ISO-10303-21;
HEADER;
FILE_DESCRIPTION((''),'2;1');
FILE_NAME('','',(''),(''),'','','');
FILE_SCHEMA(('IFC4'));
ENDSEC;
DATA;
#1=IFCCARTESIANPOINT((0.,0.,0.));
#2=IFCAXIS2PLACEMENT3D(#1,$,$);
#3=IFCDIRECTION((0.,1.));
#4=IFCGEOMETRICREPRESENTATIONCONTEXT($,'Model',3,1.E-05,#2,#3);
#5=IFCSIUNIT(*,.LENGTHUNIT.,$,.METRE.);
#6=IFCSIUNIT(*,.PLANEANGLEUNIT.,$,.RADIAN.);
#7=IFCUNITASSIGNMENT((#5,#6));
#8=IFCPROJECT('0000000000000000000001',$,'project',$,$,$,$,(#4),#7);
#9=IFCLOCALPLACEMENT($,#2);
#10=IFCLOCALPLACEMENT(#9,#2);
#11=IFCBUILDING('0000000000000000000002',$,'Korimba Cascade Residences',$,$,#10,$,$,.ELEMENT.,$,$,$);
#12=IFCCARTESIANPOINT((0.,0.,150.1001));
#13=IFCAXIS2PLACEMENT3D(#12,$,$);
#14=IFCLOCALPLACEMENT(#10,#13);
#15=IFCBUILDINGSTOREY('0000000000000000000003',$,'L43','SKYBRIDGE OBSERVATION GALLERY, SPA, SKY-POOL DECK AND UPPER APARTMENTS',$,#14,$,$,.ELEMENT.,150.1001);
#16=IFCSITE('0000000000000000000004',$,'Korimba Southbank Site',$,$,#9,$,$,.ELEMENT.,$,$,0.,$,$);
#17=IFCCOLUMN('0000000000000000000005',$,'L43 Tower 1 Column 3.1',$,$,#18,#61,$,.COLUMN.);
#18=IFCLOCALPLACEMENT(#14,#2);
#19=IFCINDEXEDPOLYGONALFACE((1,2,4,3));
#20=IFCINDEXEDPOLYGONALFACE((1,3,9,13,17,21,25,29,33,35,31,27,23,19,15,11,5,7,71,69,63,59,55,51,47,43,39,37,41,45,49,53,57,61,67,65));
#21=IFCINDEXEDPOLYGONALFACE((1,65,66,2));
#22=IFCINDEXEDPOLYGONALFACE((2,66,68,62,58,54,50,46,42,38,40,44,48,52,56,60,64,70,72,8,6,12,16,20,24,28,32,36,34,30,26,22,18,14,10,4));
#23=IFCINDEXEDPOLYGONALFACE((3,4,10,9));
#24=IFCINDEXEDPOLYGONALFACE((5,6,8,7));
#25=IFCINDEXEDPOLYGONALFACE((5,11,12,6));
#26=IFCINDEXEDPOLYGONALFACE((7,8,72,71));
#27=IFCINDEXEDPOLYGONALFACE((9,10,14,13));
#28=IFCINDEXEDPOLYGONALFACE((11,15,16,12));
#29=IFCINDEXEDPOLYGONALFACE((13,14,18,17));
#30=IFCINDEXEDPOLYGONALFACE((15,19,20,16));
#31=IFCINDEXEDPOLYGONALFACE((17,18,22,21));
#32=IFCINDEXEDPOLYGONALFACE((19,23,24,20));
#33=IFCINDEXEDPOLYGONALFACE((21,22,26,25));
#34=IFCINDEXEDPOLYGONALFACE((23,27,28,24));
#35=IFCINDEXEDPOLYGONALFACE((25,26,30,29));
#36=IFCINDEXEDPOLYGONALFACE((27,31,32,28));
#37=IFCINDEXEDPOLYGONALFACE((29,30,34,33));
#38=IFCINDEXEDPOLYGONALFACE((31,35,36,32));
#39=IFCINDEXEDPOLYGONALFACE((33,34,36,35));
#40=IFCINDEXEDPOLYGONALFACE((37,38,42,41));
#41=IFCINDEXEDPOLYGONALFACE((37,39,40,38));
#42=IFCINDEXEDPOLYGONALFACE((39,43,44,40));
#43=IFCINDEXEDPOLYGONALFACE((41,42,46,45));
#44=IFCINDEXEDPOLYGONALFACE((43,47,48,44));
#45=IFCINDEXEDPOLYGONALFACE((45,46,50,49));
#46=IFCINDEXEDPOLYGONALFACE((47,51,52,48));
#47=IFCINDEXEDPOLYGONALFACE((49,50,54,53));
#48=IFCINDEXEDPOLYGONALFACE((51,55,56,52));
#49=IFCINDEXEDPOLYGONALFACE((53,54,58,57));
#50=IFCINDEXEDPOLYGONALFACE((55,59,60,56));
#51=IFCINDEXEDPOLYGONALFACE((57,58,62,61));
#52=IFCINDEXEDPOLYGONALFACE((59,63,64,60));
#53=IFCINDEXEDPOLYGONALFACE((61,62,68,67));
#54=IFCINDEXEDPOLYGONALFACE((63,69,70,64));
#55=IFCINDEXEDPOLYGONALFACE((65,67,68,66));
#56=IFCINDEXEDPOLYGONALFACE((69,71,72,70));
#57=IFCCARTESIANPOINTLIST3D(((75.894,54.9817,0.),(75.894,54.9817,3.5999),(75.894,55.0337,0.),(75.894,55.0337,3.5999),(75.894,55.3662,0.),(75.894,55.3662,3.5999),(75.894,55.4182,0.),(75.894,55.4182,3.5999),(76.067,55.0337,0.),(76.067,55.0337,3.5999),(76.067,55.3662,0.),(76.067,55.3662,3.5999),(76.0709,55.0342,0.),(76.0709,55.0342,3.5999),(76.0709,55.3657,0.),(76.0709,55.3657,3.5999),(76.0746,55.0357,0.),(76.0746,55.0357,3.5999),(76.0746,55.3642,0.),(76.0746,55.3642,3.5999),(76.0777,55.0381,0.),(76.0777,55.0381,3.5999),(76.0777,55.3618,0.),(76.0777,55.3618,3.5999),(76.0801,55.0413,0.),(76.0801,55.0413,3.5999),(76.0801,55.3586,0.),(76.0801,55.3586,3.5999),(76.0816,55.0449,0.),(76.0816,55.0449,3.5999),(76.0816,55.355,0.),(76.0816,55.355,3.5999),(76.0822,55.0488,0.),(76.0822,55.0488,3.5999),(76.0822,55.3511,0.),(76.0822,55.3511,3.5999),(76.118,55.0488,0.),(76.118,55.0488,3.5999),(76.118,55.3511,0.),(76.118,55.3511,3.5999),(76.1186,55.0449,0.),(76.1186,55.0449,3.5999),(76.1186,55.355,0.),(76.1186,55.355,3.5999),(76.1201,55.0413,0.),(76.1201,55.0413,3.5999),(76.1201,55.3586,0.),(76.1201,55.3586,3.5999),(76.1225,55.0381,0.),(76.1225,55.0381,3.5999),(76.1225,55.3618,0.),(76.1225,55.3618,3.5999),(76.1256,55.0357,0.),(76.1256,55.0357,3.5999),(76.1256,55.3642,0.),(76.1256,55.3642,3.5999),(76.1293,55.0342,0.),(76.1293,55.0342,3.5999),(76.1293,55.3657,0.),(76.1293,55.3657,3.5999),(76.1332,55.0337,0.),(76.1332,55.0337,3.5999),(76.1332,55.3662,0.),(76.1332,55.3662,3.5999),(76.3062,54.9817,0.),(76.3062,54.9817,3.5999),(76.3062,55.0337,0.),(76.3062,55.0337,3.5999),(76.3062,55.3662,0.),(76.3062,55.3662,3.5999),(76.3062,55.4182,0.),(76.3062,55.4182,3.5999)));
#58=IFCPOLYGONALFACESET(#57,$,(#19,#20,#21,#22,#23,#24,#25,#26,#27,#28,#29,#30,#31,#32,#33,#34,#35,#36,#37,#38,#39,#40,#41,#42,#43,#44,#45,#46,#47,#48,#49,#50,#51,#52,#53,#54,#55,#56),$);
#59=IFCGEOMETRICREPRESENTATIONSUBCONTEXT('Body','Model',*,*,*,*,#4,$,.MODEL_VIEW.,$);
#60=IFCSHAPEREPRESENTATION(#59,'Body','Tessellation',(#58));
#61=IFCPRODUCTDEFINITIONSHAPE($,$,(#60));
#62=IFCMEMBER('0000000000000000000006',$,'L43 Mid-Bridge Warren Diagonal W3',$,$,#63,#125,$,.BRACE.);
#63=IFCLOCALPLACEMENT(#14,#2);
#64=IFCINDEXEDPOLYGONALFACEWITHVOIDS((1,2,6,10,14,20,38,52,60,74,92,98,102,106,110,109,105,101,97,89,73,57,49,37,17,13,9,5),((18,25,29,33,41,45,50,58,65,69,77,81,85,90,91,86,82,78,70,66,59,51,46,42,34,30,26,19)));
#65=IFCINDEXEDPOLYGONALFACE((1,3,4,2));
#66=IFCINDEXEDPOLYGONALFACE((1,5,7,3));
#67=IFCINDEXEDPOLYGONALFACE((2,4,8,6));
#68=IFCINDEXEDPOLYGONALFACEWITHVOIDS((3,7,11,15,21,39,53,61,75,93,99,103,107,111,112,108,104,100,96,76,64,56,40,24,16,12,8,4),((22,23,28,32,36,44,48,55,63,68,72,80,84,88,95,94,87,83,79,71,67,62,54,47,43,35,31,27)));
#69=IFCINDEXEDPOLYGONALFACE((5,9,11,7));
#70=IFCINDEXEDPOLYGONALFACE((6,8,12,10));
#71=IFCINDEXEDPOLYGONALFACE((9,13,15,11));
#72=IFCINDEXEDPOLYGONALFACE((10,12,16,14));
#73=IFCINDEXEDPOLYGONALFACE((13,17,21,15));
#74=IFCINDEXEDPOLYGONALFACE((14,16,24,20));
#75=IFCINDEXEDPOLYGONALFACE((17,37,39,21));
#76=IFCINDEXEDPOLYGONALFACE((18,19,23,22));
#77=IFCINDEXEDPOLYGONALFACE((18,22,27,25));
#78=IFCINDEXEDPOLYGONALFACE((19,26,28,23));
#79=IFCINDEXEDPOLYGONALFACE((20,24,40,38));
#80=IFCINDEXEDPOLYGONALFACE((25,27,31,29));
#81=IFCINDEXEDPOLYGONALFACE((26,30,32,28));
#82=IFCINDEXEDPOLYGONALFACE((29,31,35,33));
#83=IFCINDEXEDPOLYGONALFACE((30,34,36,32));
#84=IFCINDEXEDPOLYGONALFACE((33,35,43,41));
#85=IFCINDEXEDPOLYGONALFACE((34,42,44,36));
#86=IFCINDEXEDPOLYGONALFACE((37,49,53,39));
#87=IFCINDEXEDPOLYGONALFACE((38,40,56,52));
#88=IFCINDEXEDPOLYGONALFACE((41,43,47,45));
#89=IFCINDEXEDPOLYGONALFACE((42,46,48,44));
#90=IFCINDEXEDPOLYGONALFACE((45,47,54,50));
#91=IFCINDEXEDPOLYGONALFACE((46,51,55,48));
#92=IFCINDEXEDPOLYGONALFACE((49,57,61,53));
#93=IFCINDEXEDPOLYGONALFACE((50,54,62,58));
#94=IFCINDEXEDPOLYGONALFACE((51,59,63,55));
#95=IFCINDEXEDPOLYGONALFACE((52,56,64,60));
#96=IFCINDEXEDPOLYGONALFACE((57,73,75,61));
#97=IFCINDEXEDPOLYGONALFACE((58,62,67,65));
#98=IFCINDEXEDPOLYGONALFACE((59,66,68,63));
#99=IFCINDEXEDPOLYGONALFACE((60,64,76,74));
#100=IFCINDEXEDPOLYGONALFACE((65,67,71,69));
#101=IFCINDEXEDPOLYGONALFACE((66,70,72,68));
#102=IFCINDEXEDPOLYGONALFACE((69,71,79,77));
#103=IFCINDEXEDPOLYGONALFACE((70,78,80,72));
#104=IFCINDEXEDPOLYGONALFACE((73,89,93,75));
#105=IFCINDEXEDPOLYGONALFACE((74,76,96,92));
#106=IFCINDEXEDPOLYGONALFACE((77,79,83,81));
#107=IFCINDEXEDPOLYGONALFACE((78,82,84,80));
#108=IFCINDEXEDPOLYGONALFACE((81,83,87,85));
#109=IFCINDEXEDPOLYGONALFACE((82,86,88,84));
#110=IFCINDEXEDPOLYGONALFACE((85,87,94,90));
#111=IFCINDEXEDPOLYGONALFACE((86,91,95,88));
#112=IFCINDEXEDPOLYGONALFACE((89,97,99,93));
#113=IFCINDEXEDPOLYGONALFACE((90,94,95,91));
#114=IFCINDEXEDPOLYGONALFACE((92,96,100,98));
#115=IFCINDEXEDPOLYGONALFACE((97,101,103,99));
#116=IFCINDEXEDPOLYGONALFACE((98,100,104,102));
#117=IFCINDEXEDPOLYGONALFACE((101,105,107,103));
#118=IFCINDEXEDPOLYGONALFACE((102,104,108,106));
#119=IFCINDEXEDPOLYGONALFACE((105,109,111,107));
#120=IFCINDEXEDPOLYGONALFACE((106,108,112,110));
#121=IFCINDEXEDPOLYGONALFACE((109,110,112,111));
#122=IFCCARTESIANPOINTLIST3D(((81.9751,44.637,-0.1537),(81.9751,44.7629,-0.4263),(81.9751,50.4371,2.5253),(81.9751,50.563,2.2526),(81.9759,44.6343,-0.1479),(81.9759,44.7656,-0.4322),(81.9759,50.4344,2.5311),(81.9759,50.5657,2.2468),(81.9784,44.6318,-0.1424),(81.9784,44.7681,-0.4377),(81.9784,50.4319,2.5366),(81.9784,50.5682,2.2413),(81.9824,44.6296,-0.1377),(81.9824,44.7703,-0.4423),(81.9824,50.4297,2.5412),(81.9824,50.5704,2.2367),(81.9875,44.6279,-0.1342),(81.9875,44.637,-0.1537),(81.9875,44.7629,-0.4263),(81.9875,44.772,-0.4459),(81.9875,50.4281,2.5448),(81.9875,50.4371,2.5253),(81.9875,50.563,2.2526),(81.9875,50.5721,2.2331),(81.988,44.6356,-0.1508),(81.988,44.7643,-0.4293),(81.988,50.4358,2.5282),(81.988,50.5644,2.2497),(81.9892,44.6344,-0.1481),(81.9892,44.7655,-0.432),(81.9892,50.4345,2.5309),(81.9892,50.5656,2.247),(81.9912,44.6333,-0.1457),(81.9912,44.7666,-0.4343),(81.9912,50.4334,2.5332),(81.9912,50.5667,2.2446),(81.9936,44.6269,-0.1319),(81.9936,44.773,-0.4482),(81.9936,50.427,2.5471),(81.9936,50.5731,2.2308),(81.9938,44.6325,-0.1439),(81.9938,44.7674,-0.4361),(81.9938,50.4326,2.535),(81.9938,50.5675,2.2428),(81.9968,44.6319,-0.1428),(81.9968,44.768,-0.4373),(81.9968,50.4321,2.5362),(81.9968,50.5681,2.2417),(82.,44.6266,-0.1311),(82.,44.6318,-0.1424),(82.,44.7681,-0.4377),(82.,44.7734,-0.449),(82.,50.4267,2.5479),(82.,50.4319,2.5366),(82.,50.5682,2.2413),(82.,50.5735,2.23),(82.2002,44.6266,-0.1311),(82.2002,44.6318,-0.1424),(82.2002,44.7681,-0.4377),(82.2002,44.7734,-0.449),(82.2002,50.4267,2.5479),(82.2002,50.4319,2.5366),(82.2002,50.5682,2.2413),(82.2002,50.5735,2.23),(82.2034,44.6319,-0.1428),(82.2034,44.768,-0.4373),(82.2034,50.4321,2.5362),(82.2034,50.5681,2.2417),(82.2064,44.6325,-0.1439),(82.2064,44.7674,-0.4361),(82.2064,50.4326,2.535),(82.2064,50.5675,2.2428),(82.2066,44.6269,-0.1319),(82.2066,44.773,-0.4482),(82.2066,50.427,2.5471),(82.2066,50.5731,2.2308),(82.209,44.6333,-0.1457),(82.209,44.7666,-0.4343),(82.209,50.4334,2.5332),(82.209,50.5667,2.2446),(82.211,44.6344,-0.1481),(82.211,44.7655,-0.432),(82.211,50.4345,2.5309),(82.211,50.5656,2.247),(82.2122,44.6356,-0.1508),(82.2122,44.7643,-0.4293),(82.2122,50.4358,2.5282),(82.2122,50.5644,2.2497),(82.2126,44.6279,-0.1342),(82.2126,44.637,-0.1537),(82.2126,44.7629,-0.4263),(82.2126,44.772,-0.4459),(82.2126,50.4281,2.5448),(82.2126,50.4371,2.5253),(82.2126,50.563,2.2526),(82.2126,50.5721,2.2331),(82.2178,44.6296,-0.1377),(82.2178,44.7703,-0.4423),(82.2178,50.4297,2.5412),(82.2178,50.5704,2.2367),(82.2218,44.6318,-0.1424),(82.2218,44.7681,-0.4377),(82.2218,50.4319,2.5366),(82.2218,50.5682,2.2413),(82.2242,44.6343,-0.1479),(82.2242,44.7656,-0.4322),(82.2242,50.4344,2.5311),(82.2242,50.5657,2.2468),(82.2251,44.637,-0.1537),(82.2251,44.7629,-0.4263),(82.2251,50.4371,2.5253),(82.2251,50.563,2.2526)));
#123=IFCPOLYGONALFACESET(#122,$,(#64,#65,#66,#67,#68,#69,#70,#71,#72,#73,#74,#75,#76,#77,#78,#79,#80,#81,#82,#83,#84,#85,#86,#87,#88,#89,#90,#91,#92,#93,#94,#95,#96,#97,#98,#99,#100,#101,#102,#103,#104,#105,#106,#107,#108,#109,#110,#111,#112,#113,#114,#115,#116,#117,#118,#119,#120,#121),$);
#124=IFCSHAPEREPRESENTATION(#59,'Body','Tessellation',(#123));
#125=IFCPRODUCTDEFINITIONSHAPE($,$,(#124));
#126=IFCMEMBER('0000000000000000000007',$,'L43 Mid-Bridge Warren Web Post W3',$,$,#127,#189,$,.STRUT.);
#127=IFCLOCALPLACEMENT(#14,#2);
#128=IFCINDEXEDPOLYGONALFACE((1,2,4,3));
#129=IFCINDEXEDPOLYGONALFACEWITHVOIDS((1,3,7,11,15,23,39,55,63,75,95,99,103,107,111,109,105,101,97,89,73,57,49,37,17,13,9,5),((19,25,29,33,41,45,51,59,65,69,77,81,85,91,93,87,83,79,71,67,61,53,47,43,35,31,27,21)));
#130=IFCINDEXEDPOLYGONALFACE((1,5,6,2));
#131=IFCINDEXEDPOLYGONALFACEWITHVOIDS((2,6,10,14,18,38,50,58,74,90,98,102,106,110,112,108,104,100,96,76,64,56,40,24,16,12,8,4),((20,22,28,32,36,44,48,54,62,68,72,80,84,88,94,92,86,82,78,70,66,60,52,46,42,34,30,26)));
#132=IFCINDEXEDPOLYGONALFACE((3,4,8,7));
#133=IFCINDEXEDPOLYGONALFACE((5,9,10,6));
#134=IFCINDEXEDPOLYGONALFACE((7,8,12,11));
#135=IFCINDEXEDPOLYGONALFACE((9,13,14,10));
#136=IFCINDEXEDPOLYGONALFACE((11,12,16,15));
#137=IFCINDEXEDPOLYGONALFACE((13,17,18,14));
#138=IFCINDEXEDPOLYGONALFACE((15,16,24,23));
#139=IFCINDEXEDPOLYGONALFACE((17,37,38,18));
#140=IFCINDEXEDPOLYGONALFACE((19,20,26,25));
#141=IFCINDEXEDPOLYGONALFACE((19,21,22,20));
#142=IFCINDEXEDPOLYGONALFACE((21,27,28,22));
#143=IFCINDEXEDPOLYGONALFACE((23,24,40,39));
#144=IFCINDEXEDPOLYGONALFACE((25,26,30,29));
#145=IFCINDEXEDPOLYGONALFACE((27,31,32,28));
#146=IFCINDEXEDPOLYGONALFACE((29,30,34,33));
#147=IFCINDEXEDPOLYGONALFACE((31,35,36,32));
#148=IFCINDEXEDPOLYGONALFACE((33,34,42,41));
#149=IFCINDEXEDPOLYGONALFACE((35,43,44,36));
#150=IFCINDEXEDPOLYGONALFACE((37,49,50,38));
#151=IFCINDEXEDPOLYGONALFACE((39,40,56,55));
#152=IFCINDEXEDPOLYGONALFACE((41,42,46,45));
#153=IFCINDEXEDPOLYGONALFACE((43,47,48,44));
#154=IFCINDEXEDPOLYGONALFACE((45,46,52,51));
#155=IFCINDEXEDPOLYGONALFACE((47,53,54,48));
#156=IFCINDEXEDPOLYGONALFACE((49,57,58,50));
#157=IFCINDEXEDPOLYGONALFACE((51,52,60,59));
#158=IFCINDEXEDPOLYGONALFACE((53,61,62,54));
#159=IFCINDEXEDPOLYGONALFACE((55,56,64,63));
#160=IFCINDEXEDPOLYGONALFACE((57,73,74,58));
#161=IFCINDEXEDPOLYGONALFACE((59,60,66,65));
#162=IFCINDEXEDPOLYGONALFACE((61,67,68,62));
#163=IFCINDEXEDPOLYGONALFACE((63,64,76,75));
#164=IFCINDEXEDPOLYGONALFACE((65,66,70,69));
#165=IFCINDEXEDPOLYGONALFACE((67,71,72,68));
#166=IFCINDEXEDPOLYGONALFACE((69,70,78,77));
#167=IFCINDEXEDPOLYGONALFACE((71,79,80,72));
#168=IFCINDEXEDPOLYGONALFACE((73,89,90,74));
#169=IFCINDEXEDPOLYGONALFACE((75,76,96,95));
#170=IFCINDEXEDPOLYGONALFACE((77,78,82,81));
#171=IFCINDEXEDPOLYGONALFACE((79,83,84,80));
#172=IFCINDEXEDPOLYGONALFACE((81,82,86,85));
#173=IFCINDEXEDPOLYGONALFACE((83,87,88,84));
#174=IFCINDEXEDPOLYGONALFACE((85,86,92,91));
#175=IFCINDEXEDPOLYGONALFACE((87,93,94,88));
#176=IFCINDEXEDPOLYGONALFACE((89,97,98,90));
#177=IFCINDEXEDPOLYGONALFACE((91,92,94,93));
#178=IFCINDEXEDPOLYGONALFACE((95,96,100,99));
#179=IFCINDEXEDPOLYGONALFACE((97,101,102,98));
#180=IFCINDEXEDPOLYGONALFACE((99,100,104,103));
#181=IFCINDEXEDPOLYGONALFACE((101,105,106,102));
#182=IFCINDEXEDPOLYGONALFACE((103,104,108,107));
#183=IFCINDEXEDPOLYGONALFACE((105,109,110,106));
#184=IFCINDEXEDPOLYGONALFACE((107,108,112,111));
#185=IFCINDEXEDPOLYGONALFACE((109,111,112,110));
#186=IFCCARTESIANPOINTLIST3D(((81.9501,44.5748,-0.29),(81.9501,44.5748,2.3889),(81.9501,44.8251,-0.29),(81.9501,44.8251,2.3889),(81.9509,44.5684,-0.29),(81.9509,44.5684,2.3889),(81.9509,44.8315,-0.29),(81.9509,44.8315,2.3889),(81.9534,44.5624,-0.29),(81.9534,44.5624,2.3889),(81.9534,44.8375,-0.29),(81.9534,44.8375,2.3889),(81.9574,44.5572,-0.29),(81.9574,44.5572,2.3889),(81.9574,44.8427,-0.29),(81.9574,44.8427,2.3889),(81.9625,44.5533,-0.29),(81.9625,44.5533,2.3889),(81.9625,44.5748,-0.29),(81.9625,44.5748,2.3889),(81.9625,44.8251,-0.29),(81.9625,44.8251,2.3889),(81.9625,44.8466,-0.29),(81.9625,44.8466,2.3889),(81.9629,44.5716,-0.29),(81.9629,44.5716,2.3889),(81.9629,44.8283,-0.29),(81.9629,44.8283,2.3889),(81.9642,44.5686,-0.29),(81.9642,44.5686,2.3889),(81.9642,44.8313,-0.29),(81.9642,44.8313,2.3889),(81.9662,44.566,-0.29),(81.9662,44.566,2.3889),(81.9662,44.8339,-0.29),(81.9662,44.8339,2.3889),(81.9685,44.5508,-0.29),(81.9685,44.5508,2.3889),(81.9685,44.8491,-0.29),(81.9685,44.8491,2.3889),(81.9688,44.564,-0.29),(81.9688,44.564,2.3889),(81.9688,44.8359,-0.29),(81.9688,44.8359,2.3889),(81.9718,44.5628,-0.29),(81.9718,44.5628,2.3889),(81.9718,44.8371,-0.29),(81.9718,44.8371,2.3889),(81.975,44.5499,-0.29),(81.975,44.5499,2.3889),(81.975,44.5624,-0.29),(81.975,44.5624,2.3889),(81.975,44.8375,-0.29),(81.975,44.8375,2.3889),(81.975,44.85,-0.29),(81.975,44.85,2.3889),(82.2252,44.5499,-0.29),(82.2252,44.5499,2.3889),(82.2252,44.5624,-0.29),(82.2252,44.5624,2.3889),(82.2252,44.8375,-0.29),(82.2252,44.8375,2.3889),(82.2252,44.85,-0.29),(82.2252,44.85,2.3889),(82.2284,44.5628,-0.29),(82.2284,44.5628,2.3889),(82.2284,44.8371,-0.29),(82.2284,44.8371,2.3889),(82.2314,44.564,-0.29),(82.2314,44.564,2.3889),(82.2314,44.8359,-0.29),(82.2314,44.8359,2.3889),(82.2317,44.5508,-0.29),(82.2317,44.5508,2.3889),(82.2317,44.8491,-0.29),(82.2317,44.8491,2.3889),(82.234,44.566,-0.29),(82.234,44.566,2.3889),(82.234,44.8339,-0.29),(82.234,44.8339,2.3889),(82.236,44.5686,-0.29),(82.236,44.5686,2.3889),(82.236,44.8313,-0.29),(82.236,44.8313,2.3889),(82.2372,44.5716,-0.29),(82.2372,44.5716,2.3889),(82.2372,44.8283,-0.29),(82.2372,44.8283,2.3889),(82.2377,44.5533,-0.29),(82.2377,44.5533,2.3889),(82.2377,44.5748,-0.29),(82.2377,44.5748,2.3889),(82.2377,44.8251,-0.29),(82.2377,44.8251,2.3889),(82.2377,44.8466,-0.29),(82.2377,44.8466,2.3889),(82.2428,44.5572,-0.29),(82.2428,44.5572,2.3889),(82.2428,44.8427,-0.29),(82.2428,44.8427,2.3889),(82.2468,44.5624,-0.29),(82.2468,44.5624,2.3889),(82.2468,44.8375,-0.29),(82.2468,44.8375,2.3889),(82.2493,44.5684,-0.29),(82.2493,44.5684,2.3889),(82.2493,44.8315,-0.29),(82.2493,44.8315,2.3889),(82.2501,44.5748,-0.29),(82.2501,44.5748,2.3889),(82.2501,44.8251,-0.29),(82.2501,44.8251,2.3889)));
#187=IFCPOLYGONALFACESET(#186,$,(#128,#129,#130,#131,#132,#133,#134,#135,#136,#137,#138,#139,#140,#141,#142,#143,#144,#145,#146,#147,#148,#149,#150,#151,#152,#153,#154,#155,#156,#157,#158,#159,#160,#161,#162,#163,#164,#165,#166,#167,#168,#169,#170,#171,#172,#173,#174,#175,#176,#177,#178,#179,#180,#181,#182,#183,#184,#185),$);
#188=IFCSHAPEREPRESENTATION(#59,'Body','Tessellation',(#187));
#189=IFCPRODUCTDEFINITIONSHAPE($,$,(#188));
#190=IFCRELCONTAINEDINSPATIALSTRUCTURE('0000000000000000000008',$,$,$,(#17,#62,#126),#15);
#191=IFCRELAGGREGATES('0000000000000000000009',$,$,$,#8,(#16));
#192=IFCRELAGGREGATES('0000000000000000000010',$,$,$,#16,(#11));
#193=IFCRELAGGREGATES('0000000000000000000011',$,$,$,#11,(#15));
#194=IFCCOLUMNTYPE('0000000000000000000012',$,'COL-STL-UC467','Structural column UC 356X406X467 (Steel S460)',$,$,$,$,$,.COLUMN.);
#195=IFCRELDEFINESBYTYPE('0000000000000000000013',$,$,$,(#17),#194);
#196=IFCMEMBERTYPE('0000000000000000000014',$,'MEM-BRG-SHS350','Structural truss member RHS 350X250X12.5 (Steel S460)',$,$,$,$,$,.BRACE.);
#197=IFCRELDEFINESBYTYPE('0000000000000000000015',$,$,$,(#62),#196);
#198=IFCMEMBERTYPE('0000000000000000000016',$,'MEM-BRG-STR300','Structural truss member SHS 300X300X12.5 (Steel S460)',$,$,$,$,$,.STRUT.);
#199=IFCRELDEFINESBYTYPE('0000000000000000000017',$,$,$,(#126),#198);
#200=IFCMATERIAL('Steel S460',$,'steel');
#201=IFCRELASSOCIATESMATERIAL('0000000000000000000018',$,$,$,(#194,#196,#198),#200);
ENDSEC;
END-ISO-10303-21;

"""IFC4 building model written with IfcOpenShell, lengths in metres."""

from ifc_helpers import new_model, si_unit, direction, frame, origin, origin_2d, place, context, subcontext, project, spatial, hollow_rectangle, i_section, extrude, material, material_profile, profile_set, type_object, element, save


model = new_model("IFC4")

# Units and contexts
model_context = context("Model", 3, precision=1e-05, world=origin(), true_north=direction((0.0, 1.0)))
body_context = subcontext(model_context, "Body", "Model", "MODEL_VIEW")
ifc_project = project(units=[si_unit("LENGTHUNIT", "METRE"), si_unit("PLANEANGLEUNIT", "RADIAN")], contexts=[model_context])

# Site, building, storey
site_placement = place(None, origin())
site = spatial("IfcSite", under=ifc_project, at=site_placement, Name="Korimba Southbank Site", CompositionType="ELEMENT", RefElevation=0.0)
building_placement = place(site_placement, origin())
building = spatial("IfcBuilding", under=site, at=building_placement, Name="Korimba Cascade Residences", CompositionType="ELEMENT")
storey_placement = place(building_placement, frame((0.0, 0.0, 150.1001)))
storey = spatial("IfcBuildingStorey", under=building, at=storey_placement, Name="L43", Description="SKYBRIDGE OBSERVATION GALLERY, SPA, SKY-POOL DECK AND UPPER APARTMENTS", CompositionType="ELEMENT", Elevation=150.1001)

# Column
ifc_material_1 = material(Name="Steel S460", Category="steel")
ifc_material_profile_1 = material_profile(ifc_material_1, i_section(OverallWidth=0.4121, OverallDepth=0.4365, WebThickness=0.0359, FlangeThickness=0.052, FilletRadius=0.0151, at=origin_2d()), Name="Steel S460")
ifc_profile_set_1 = profile_set([ifc_material_profile_1], Name="Steel S460")
column_type = type_object("IfcColumnType", Name="COL-STL-UC467", Description="Structural column UC 356X406X467 (Steel S460)", PredefinedType="COLUMN", material=ifc_profile_set_1)
column_placement = place(storey_placement, frame((76.1001, 55.2, 0.0), z_axis=(0.0, 0.0, 1.0), x_axis=(1.0, 0.0, 0.0)))
element("IfcColumn", 1, at=column_placement, inside=storey, type_object=column_type, Name="L43 Tower 1 Column 3.1", PredefinedType="COLUMN", context=body_context, shape_type="SweptSolid", body=[
    extrude(i_section(OverallWidth=0.4121, OverallDepth=0.4365, WebThickness=0.0359, FlangeThickness=0.052, FilletRadius=0.0151, at=origin_2d()), origin(), (0.0, 0.0, 1.0), 3.5999),
])

# Members
ifc_material_profile_2 = material_profile(ifc_material_1, hollow_rectangle(XDim=0.25, YDim=0.3501, WallThickness=0.0125, InnerFilletRadius=0.0125, OuterFilletRadius=0.0249, at=origin_2d()), Name="Steel S460")
ifc_profile_set_2 = profile_set([ifc_material_profile_2], Name="Steel S460")
member_type_1 = type_object("IfcMemberType", Name="MEM-BRG-SHS350", Description="Structural truss member RHS 350X250X12.5 (Steel S460)", PredefinedType="BRACE", material=ifc_profile_set_2)
member_1_placement = place(storey_placement, frame((82.1001, 44.7, -0.29), z_axis=(0.0, 0.90784, 0.419317), x_axis=(-1.0, 0.0, 0.0)))
element("IfcMember", 2, at=member_1_placement, inside=storey, type_object=member_type_1, Name="L43 Mid-Bridge Warren Diagonal W3", PredefinedType="BRACE", context=body_context, shape_type="SweptSolid", body=[
    extrude(hollow_rectangle(XDim=0.25, YDim=0.3501, WallThickness=0.0125, InnerFilletRadius=0.0125, OuterFilletRadius=0.0249, at=origin_2d()), origin(), (0.0, 0.0, 1.0), 6.3889),
])
ifc_material_profile_3 = material_profile(ifc_material_1, hollow_rectangle(XDim=0.3, YDim=0.3, WallThickness=0.0125, InnerFilletRadius=0.0125, OuterFilletRadius=0.0249, at=origin_2d()), Name="Steel S460")
ifc_profile_set_3 = profile_set([ifc_material_profile_3], Name="Steel S460")
member_type_2 = type_object("IfcMemberType", Name="MEM-BRG-STR300", Description="Structural truss member SHS 300X300X12.5 (Steel S460)", PredefinedType="STRUT", material=ifc_profile_set_3)
member_2_placement = place(storey_placement, frame((82.1001, 44.7, -0.29), z_axis=(0.0, 0.0, 1.0), x_axis=(1.0, 0.0, 0.0)))
element("IfcMember", 3, at=member_2_placement, inside=storey, type_object=member_type_2, Name="L43 Mid-Bridge Warren Web Post W3", PredefinedType="STRUT", context=body_context, shape_type="SweptSolid", body=[
    extrude(hollow_rectangle(XDim=0.3, YDim=0.3, WallThickness=0.0125, InnerFilletRadius=0.0125, OuterFilletRadius=0.0249, at=origin_2d()), origin(), (0.0, 0.0, 1.0), 2.679),
])

save(model, "model.ifc")
